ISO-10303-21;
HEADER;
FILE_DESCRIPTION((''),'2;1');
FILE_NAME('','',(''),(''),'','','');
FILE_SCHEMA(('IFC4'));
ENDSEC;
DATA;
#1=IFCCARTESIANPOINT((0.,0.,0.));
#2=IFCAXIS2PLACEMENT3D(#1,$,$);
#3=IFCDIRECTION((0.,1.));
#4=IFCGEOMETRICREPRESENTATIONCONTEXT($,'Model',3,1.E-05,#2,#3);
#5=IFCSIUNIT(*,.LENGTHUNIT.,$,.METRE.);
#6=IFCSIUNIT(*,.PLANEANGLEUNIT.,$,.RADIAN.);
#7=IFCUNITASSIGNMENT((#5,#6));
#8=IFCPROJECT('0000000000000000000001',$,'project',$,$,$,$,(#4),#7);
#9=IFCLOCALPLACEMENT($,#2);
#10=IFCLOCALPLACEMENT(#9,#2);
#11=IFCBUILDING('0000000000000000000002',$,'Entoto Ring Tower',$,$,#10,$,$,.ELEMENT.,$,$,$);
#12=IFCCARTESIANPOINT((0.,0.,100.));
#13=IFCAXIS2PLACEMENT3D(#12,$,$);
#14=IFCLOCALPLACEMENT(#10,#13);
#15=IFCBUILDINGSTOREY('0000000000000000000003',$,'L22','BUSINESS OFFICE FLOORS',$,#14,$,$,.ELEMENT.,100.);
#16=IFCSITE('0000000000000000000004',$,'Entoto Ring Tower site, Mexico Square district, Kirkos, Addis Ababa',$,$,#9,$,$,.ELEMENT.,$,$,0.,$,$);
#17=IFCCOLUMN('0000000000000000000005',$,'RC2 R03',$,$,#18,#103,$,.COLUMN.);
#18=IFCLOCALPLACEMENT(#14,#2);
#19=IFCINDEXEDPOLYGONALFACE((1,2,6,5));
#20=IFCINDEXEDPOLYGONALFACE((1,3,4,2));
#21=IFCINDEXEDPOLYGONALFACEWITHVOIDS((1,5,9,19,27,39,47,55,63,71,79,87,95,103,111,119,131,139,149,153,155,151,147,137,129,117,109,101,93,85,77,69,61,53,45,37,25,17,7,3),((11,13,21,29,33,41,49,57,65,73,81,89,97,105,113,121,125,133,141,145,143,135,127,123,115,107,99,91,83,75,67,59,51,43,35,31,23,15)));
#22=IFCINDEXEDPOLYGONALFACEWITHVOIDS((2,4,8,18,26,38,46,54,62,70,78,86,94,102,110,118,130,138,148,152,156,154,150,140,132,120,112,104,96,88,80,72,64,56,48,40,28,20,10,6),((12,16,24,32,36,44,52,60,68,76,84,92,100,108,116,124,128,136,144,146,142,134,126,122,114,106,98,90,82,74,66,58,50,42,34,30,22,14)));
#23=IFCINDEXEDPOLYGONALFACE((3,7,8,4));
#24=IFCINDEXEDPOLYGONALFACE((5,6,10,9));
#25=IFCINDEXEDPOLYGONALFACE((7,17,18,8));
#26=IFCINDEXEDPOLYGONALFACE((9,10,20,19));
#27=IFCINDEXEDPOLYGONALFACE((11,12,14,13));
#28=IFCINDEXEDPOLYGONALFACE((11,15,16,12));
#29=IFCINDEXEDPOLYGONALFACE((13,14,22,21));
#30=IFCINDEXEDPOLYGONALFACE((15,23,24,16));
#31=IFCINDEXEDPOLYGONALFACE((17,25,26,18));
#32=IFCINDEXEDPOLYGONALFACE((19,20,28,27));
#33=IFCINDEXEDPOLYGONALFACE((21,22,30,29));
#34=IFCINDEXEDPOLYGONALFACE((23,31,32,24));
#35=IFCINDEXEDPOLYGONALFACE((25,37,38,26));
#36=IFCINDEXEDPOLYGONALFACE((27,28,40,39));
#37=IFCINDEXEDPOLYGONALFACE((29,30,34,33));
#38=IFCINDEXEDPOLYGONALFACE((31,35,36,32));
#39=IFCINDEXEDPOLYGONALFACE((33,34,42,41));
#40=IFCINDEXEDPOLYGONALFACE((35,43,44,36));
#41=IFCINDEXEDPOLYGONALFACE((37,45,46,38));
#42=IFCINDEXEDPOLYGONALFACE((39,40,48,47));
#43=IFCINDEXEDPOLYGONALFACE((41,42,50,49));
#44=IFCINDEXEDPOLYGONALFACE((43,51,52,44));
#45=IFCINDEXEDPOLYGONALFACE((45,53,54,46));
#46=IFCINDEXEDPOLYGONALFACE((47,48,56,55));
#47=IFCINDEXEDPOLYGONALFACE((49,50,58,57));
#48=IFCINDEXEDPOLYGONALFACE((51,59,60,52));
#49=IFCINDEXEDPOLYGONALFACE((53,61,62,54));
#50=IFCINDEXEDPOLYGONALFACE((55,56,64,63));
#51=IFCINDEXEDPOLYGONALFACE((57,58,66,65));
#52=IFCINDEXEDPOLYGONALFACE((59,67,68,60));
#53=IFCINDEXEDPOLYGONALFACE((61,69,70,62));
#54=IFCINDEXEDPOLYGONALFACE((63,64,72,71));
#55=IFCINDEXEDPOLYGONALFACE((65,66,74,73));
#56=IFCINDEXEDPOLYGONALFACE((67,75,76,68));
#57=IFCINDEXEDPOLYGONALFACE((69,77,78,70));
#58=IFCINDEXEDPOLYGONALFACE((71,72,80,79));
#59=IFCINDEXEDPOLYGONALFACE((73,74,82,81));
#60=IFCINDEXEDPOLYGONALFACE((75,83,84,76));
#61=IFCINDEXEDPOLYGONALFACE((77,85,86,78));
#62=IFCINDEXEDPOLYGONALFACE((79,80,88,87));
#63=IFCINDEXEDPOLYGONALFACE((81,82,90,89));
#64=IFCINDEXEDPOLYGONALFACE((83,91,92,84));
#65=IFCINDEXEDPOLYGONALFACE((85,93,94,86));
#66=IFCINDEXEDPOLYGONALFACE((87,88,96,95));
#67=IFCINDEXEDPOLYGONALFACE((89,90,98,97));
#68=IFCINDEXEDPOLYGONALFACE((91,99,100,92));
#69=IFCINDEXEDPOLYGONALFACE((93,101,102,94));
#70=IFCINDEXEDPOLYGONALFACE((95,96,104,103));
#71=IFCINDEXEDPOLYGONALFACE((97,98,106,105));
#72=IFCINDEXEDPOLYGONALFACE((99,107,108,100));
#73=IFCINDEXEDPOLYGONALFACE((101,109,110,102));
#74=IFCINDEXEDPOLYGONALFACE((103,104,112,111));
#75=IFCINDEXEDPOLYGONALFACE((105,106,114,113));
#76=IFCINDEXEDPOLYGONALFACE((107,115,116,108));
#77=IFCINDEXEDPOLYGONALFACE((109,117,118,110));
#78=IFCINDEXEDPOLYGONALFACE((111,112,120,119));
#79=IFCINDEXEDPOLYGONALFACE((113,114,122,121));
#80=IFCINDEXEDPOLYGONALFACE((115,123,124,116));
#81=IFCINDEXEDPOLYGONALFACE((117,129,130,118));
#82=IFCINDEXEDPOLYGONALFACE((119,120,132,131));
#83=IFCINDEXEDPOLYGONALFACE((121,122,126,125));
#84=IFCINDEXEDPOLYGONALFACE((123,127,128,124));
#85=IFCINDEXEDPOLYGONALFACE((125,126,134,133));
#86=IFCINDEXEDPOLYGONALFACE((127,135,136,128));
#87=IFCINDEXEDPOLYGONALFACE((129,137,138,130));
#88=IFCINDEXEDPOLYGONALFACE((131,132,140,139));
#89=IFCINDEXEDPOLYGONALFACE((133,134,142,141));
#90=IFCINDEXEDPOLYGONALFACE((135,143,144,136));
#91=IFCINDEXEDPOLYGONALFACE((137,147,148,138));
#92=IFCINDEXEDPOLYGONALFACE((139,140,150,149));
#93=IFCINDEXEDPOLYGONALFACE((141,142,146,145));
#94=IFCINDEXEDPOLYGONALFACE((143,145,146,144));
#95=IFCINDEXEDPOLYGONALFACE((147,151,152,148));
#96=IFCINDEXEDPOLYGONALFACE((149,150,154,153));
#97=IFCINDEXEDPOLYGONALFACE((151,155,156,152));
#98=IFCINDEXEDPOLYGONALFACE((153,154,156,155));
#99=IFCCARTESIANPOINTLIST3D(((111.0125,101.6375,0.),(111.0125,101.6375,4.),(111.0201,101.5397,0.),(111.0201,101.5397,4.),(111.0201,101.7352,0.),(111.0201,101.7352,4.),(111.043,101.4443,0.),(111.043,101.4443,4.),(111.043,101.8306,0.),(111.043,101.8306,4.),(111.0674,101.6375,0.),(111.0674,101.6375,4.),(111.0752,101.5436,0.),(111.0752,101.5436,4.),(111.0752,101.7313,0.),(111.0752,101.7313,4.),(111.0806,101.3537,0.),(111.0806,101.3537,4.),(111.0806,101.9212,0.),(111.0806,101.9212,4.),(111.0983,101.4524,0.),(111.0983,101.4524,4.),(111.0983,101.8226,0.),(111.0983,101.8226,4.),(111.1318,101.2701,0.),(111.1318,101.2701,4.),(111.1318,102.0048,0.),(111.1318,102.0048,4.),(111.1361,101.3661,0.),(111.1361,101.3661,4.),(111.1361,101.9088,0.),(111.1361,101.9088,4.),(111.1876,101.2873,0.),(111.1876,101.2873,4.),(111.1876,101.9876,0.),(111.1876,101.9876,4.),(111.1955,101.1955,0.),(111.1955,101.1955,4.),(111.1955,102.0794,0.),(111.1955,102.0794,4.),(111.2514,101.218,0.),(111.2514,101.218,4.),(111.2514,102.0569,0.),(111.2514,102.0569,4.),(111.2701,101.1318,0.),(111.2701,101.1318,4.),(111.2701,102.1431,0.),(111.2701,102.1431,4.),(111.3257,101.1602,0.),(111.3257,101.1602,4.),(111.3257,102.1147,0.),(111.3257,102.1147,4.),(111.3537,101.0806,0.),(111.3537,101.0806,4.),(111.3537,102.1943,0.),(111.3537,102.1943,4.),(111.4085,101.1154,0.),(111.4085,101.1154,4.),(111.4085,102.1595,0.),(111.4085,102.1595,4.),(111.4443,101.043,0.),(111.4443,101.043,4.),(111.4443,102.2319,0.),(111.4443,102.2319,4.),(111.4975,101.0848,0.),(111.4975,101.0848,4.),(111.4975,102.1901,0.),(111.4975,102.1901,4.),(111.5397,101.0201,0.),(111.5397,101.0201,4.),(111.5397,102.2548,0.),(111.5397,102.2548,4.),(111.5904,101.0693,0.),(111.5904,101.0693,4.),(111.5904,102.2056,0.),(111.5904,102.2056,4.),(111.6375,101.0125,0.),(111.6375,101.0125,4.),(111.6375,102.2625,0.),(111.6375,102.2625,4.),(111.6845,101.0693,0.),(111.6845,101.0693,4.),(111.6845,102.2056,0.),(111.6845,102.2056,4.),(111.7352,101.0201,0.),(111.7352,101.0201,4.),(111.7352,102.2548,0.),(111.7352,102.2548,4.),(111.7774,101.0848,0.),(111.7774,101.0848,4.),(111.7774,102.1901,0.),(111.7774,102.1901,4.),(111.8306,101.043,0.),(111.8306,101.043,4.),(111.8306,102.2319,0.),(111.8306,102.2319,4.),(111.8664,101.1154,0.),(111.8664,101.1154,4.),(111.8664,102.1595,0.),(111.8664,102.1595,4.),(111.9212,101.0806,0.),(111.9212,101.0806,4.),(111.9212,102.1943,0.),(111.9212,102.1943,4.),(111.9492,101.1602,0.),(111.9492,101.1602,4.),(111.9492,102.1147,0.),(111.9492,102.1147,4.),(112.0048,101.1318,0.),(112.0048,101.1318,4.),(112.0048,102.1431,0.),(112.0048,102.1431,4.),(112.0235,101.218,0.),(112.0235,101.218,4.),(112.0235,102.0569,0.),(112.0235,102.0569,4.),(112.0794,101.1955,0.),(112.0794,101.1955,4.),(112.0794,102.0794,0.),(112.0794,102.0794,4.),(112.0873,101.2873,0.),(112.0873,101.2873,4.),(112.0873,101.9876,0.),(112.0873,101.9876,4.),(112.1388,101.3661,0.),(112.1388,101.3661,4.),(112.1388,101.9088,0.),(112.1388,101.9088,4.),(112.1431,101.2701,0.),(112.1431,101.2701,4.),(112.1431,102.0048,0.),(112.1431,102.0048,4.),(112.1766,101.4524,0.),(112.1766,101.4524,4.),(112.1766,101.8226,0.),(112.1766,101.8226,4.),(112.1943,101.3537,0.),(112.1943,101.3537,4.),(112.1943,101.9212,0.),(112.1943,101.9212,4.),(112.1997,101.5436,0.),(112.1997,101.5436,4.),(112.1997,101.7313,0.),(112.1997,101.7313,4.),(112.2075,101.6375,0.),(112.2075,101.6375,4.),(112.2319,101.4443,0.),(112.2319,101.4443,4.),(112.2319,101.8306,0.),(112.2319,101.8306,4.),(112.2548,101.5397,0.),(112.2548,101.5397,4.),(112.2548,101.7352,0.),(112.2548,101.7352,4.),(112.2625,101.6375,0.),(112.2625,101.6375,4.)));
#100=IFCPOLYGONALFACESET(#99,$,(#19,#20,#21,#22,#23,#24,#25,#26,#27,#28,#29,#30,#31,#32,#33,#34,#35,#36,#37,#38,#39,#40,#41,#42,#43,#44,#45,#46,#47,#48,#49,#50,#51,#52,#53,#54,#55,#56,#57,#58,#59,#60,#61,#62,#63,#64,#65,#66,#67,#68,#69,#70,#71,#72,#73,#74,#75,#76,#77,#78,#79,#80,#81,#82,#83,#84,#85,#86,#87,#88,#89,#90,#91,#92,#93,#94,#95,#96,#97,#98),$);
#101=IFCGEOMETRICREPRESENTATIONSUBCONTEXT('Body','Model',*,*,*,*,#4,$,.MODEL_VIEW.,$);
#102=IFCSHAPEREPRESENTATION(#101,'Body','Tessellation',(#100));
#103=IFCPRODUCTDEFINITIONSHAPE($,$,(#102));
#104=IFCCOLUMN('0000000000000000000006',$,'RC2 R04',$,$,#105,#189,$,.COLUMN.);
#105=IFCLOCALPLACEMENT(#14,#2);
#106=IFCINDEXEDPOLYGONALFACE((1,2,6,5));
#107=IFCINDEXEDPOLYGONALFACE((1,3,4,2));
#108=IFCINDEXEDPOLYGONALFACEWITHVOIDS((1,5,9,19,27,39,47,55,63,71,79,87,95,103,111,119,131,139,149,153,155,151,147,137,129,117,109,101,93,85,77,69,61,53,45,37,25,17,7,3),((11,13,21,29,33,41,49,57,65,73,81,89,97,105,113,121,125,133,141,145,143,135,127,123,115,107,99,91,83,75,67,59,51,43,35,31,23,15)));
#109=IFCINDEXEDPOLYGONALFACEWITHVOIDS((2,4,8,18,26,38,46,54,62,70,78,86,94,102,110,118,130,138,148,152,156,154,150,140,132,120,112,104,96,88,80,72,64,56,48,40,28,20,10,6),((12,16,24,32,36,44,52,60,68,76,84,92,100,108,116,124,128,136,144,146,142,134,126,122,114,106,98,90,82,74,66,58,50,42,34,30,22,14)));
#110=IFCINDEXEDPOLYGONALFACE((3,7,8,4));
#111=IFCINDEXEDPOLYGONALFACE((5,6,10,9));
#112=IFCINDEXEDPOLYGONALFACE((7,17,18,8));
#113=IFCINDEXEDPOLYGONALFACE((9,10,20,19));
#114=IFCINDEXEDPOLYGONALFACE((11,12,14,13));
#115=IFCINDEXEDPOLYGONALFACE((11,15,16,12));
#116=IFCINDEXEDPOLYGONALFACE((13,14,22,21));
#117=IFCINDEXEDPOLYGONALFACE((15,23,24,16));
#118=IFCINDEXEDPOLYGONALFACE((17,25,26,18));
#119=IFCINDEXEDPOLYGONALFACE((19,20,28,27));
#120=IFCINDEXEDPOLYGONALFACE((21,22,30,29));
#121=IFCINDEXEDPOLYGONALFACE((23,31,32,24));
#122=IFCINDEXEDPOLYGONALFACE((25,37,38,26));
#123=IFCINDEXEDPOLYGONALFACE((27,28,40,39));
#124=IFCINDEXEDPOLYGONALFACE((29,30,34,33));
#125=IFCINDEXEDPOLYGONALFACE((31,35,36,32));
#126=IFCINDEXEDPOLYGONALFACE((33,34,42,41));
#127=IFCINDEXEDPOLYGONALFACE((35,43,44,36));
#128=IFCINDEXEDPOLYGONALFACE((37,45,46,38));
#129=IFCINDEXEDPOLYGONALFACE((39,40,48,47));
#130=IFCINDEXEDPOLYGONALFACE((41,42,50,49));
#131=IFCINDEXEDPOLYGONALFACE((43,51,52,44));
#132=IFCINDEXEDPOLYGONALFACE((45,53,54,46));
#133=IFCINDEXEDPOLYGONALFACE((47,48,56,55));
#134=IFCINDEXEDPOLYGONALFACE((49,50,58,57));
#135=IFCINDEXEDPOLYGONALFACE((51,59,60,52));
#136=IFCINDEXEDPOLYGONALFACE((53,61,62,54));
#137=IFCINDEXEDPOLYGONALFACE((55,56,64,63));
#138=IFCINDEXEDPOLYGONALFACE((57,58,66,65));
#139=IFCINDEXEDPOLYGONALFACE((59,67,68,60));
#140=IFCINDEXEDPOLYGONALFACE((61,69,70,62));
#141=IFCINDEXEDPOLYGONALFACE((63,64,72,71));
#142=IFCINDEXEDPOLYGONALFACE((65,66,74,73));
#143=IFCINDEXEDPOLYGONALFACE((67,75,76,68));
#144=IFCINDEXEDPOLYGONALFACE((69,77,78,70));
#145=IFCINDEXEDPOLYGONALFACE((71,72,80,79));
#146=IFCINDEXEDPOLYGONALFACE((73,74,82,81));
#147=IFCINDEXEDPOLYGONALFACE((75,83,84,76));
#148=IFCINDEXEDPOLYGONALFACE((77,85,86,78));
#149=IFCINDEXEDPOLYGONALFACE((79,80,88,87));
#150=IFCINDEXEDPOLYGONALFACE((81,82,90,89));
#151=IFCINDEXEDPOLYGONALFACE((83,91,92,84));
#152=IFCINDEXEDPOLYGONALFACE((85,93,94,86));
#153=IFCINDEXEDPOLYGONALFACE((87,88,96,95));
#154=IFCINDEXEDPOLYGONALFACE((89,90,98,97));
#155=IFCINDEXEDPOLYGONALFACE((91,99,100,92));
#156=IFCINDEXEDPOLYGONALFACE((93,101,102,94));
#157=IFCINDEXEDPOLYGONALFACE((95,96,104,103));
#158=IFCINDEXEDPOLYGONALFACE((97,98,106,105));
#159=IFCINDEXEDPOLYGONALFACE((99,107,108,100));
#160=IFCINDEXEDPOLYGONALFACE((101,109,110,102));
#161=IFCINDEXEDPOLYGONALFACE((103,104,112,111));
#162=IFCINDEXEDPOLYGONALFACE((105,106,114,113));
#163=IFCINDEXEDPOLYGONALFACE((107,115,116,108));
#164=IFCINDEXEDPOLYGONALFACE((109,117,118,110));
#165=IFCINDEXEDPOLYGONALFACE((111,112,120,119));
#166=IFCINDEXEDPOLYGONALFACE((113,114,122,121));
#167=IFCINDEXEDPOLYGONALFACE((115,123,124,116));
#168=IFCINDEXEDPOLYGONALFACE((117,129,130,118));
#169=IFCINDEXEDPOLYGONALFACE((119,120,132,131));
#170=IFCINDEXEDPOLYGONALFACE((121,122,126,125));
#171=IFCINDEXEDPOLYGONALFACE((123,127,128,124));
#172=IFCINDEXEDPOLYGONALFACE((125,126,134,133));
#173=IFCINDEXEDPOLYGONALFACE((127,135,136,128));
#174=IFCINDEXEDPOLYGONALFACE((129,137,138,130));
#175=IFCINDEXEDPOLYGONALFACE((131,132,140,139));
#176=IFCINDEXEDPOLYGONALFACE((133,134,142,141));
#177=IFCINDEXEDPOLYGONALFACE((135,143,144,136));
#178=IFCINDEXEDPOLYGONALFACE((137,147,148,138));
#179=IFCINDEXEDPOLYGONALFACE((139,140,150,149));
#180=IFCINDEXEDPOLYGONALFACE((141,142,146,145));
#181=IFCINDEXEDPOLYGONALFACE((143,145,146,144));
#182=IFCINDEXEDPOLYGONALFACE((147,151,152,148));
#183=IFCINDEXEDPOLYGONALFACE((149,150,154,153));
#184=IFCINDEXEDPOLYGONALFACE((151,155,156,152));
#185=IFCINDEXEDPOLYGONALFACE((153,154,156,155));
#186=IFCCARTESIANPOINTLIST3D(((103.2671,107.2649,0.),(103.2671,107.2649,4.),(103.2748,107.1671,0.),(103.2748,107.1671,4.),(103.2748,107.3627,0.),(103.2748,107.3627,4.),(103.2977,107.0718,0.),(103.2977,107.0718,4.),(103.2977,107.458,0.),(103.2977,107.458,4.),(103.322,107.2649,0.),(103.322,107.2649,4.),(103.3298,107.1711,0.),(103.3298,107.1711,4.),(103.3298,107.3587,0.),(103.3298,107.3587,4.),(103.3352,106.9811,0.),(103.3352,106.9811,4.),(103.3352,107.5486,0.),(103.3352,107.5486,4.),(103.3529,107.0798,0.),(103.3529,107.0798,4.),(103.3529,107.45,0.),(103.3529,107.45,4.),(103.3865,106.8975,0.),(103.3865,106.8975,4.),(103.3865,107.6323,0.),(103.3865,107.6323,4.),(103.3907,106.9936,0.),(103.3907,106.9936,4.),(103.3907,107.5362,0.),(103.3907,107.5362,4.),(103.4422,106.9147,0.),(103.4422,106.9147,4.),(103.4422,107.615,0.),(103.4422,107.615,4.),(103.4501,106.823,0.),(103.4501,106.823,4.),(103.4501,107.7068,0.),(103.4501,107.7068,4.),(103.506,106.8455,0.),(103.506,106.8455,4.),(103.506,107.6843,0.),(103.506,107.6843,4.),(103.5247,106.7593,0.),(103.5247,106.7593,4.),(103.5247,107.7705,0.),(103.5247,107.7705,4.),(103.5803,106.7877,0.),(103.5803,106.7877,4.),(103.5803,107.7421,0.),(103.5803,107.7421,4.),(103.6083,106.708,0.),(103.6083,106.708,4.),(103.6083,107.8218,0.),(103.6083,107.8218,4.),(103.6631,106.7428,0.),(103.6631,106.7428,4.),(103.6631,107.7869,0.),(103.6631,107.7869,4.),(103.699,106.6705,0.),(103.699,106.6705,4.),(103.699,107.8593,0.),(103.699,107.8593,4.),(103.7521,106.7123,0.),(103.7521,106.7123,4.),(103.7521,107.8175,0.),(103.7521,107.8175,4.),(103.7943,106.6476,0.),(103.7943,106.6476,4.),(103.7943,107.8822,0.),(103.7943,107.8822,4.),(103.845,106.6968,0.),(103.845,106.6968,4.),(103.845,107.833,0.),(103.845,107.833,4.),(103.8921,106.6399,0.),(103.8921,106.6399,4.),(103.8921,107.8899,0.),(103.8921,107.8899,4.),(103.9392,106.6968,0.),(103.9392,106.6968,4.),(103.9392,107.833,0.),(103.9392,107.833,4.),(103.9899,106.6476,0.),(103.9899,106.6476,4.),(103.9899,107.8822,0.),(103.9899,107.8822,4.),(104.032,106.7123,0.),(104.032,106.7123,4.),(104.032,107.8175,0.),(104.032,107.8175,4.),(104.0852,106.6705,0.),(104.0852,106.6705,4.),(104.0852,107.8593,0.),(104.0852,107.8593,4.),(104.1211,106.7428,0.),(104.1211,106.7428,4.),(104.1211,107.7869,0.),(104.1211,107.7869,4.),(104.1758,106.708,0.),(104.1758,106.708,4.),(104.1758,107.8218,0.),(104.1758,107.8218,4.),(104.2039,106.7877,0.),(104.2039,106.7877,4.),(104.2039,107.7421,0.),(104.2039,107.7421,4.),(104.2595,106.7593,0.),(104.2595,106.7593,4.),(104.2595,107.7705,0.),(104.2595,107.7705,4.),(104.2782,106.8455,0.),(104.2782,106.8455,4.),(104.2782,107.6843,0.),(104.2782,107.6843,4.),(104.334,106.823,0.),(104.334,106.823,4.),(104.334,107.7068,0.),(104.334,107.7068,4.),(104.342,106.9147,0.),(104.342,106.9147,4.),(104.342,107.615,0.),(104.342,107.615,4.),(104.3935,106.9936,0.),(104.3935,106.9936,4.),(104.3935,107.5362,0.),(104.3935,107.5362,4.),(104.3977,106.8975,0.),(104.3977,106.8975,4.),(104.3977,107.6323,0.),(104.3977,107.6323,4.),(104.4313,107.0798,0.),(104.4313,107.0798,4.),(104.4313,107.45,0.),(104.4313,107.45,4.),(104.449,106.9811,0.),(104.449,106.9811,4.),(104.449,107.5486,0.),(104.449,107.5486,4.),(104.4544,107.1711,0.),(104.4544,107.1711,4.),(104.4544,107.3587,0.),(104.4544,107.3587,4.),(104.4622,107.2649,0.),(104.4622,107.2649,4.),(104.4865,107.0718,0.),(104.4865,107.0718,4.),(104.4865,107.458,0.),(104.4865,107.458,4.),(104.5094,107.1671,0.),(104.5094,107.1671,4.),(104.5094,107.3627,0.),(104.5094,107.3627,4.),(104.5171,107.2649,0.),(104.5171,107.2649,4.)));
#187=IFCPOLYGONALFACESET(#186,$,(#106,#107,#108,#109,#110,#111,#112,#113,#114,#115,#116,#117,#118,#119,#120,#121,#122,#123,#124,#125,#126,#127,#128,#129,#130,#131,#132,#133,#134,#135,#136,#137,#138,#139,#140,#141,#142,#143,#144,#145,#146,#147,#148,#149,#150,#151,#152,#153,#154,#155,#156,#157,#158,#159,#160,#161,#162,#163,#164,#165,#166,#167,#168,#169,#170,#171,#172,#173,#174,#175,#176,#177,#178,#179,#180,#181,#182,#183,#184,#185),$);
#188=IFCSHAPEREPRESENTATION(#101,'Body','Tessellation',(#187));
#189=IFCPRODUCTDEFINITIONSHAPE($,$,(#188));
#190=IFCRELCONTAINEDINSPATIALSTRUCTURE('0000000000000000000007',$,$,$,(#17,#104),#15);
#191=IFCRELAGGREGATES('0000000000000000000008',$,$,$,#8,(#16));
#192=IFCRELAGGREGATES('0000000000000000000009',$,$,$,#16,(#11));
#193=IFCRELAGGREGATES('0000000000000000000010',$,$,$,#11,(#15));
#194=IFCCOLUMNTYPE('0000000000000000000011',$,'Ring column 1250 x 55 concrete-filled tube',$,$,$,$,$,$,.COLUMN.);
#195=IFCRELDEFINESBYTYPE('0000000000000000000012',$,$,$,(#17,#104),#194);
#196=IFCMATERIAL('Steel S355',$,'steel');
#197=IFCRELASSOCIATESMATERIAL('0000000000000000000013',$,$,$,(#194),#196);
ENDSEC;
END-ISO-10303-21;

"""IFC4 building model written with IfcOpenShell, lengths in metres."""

from ifc_helpers import new_model, si_unit, direction, frame, origin, origin_2d, place, context, subcontext, project, spatial, circle, hollow_circle, extrude, material, material_profile, profile_set, type_object, element, save


model = new_model("IFC4")

# Units and contexts
model_context = context("Model", 3, precision=1e-05, world=origin(), true_north=direction((0.0, 1.0)))
body_context = subcontext(model_context, "Body", "Model", "MODEL_VIEW")
ifc_project = project(units=[si_unit("LENGTHUNIT", "METRE"), si_unit("PLANEANGLEUNIT", "RADIAN")], contexts=[model_context])

# Site, building, storey
site_placement = place(None, origin())
site = spatial("IfcSite", under=ifc_project, at=site_placement, Name="Entoto Ring Tower site, Mexico Square district, Kirkos, Addis Ababa", CompositionType="ELEMENT", RefElevation=0.0)
building_placement = place(site_placement, origin())
building = spatial("IfcBuilding", under=site, at=building_placement, Name="Entoto Ring Tower", CompositionType="ELEMENT")
storey_placement = place(building_placement, frame((0.0, 0.0, 100.0)))
storey = spatial("IfcBuildingStorey", under=building, at=storey_placement, Name="L22", Description="BUSINESS OFFICE FLOORS", CompositionType="ELEMENT", Elevation=100.0)

# Columns
ifc_material_1 = material(Name="Steel S355", Category="steel")
ifc_material_profile_1 = material_profile(ifc_material_1, hollow_circle(Radius=0.625, WallThickness=0.0549, at=origin_2d()), Name="CHS 1250 x 55")
ifc_material_2 = material(Name="Concrete C60/75", Category="concrete")
ifc_material_profile_2 = material_profile(ifc_material_2, circle(Radius=0.5701, at=origin_2d()), Name="Concrete C60/75 infill")
ifc_profile_set_1 = profile_set([ifc_material_profile_1, ifc_material_profile_2], Name="Steel S355")
column_type = type_object("IfcColumnType", Name="Ring column 1250 x 55 concrete-filled tube", PredefinedType="COLUMN", material=ifc_profile_set_1)
for number, where, z_axis, x_axis, name in (
    (1, (111.6375, 101.6375, 0.0), (0.0, 0.0, 1.0), (1.0, 0.0, 0.0), "RC2 R03"),
    (2, (103.8921, 107.2649, 0.0), (0.0, 0.0, 1.0), (1.0, 0.0, 0.0), "RC2 R04"),
):
    element("IfcColumn", number, at=place(storey_placement, frame(where, z_axis=z_axis, x_axis=x_axis)), inside=storey, type_object=column_type, Name=name, PredefinedType="COLUMN", context=body_context, shape_type="SweptSolid", body=[
        extrude(hollow_circle(Radius=0.625, WallThickness=0.0549, at=origin_2d()), origin(), (0.0, 0.0, 1.0), 4.0),
    ])

save(model, "model.ifc")
